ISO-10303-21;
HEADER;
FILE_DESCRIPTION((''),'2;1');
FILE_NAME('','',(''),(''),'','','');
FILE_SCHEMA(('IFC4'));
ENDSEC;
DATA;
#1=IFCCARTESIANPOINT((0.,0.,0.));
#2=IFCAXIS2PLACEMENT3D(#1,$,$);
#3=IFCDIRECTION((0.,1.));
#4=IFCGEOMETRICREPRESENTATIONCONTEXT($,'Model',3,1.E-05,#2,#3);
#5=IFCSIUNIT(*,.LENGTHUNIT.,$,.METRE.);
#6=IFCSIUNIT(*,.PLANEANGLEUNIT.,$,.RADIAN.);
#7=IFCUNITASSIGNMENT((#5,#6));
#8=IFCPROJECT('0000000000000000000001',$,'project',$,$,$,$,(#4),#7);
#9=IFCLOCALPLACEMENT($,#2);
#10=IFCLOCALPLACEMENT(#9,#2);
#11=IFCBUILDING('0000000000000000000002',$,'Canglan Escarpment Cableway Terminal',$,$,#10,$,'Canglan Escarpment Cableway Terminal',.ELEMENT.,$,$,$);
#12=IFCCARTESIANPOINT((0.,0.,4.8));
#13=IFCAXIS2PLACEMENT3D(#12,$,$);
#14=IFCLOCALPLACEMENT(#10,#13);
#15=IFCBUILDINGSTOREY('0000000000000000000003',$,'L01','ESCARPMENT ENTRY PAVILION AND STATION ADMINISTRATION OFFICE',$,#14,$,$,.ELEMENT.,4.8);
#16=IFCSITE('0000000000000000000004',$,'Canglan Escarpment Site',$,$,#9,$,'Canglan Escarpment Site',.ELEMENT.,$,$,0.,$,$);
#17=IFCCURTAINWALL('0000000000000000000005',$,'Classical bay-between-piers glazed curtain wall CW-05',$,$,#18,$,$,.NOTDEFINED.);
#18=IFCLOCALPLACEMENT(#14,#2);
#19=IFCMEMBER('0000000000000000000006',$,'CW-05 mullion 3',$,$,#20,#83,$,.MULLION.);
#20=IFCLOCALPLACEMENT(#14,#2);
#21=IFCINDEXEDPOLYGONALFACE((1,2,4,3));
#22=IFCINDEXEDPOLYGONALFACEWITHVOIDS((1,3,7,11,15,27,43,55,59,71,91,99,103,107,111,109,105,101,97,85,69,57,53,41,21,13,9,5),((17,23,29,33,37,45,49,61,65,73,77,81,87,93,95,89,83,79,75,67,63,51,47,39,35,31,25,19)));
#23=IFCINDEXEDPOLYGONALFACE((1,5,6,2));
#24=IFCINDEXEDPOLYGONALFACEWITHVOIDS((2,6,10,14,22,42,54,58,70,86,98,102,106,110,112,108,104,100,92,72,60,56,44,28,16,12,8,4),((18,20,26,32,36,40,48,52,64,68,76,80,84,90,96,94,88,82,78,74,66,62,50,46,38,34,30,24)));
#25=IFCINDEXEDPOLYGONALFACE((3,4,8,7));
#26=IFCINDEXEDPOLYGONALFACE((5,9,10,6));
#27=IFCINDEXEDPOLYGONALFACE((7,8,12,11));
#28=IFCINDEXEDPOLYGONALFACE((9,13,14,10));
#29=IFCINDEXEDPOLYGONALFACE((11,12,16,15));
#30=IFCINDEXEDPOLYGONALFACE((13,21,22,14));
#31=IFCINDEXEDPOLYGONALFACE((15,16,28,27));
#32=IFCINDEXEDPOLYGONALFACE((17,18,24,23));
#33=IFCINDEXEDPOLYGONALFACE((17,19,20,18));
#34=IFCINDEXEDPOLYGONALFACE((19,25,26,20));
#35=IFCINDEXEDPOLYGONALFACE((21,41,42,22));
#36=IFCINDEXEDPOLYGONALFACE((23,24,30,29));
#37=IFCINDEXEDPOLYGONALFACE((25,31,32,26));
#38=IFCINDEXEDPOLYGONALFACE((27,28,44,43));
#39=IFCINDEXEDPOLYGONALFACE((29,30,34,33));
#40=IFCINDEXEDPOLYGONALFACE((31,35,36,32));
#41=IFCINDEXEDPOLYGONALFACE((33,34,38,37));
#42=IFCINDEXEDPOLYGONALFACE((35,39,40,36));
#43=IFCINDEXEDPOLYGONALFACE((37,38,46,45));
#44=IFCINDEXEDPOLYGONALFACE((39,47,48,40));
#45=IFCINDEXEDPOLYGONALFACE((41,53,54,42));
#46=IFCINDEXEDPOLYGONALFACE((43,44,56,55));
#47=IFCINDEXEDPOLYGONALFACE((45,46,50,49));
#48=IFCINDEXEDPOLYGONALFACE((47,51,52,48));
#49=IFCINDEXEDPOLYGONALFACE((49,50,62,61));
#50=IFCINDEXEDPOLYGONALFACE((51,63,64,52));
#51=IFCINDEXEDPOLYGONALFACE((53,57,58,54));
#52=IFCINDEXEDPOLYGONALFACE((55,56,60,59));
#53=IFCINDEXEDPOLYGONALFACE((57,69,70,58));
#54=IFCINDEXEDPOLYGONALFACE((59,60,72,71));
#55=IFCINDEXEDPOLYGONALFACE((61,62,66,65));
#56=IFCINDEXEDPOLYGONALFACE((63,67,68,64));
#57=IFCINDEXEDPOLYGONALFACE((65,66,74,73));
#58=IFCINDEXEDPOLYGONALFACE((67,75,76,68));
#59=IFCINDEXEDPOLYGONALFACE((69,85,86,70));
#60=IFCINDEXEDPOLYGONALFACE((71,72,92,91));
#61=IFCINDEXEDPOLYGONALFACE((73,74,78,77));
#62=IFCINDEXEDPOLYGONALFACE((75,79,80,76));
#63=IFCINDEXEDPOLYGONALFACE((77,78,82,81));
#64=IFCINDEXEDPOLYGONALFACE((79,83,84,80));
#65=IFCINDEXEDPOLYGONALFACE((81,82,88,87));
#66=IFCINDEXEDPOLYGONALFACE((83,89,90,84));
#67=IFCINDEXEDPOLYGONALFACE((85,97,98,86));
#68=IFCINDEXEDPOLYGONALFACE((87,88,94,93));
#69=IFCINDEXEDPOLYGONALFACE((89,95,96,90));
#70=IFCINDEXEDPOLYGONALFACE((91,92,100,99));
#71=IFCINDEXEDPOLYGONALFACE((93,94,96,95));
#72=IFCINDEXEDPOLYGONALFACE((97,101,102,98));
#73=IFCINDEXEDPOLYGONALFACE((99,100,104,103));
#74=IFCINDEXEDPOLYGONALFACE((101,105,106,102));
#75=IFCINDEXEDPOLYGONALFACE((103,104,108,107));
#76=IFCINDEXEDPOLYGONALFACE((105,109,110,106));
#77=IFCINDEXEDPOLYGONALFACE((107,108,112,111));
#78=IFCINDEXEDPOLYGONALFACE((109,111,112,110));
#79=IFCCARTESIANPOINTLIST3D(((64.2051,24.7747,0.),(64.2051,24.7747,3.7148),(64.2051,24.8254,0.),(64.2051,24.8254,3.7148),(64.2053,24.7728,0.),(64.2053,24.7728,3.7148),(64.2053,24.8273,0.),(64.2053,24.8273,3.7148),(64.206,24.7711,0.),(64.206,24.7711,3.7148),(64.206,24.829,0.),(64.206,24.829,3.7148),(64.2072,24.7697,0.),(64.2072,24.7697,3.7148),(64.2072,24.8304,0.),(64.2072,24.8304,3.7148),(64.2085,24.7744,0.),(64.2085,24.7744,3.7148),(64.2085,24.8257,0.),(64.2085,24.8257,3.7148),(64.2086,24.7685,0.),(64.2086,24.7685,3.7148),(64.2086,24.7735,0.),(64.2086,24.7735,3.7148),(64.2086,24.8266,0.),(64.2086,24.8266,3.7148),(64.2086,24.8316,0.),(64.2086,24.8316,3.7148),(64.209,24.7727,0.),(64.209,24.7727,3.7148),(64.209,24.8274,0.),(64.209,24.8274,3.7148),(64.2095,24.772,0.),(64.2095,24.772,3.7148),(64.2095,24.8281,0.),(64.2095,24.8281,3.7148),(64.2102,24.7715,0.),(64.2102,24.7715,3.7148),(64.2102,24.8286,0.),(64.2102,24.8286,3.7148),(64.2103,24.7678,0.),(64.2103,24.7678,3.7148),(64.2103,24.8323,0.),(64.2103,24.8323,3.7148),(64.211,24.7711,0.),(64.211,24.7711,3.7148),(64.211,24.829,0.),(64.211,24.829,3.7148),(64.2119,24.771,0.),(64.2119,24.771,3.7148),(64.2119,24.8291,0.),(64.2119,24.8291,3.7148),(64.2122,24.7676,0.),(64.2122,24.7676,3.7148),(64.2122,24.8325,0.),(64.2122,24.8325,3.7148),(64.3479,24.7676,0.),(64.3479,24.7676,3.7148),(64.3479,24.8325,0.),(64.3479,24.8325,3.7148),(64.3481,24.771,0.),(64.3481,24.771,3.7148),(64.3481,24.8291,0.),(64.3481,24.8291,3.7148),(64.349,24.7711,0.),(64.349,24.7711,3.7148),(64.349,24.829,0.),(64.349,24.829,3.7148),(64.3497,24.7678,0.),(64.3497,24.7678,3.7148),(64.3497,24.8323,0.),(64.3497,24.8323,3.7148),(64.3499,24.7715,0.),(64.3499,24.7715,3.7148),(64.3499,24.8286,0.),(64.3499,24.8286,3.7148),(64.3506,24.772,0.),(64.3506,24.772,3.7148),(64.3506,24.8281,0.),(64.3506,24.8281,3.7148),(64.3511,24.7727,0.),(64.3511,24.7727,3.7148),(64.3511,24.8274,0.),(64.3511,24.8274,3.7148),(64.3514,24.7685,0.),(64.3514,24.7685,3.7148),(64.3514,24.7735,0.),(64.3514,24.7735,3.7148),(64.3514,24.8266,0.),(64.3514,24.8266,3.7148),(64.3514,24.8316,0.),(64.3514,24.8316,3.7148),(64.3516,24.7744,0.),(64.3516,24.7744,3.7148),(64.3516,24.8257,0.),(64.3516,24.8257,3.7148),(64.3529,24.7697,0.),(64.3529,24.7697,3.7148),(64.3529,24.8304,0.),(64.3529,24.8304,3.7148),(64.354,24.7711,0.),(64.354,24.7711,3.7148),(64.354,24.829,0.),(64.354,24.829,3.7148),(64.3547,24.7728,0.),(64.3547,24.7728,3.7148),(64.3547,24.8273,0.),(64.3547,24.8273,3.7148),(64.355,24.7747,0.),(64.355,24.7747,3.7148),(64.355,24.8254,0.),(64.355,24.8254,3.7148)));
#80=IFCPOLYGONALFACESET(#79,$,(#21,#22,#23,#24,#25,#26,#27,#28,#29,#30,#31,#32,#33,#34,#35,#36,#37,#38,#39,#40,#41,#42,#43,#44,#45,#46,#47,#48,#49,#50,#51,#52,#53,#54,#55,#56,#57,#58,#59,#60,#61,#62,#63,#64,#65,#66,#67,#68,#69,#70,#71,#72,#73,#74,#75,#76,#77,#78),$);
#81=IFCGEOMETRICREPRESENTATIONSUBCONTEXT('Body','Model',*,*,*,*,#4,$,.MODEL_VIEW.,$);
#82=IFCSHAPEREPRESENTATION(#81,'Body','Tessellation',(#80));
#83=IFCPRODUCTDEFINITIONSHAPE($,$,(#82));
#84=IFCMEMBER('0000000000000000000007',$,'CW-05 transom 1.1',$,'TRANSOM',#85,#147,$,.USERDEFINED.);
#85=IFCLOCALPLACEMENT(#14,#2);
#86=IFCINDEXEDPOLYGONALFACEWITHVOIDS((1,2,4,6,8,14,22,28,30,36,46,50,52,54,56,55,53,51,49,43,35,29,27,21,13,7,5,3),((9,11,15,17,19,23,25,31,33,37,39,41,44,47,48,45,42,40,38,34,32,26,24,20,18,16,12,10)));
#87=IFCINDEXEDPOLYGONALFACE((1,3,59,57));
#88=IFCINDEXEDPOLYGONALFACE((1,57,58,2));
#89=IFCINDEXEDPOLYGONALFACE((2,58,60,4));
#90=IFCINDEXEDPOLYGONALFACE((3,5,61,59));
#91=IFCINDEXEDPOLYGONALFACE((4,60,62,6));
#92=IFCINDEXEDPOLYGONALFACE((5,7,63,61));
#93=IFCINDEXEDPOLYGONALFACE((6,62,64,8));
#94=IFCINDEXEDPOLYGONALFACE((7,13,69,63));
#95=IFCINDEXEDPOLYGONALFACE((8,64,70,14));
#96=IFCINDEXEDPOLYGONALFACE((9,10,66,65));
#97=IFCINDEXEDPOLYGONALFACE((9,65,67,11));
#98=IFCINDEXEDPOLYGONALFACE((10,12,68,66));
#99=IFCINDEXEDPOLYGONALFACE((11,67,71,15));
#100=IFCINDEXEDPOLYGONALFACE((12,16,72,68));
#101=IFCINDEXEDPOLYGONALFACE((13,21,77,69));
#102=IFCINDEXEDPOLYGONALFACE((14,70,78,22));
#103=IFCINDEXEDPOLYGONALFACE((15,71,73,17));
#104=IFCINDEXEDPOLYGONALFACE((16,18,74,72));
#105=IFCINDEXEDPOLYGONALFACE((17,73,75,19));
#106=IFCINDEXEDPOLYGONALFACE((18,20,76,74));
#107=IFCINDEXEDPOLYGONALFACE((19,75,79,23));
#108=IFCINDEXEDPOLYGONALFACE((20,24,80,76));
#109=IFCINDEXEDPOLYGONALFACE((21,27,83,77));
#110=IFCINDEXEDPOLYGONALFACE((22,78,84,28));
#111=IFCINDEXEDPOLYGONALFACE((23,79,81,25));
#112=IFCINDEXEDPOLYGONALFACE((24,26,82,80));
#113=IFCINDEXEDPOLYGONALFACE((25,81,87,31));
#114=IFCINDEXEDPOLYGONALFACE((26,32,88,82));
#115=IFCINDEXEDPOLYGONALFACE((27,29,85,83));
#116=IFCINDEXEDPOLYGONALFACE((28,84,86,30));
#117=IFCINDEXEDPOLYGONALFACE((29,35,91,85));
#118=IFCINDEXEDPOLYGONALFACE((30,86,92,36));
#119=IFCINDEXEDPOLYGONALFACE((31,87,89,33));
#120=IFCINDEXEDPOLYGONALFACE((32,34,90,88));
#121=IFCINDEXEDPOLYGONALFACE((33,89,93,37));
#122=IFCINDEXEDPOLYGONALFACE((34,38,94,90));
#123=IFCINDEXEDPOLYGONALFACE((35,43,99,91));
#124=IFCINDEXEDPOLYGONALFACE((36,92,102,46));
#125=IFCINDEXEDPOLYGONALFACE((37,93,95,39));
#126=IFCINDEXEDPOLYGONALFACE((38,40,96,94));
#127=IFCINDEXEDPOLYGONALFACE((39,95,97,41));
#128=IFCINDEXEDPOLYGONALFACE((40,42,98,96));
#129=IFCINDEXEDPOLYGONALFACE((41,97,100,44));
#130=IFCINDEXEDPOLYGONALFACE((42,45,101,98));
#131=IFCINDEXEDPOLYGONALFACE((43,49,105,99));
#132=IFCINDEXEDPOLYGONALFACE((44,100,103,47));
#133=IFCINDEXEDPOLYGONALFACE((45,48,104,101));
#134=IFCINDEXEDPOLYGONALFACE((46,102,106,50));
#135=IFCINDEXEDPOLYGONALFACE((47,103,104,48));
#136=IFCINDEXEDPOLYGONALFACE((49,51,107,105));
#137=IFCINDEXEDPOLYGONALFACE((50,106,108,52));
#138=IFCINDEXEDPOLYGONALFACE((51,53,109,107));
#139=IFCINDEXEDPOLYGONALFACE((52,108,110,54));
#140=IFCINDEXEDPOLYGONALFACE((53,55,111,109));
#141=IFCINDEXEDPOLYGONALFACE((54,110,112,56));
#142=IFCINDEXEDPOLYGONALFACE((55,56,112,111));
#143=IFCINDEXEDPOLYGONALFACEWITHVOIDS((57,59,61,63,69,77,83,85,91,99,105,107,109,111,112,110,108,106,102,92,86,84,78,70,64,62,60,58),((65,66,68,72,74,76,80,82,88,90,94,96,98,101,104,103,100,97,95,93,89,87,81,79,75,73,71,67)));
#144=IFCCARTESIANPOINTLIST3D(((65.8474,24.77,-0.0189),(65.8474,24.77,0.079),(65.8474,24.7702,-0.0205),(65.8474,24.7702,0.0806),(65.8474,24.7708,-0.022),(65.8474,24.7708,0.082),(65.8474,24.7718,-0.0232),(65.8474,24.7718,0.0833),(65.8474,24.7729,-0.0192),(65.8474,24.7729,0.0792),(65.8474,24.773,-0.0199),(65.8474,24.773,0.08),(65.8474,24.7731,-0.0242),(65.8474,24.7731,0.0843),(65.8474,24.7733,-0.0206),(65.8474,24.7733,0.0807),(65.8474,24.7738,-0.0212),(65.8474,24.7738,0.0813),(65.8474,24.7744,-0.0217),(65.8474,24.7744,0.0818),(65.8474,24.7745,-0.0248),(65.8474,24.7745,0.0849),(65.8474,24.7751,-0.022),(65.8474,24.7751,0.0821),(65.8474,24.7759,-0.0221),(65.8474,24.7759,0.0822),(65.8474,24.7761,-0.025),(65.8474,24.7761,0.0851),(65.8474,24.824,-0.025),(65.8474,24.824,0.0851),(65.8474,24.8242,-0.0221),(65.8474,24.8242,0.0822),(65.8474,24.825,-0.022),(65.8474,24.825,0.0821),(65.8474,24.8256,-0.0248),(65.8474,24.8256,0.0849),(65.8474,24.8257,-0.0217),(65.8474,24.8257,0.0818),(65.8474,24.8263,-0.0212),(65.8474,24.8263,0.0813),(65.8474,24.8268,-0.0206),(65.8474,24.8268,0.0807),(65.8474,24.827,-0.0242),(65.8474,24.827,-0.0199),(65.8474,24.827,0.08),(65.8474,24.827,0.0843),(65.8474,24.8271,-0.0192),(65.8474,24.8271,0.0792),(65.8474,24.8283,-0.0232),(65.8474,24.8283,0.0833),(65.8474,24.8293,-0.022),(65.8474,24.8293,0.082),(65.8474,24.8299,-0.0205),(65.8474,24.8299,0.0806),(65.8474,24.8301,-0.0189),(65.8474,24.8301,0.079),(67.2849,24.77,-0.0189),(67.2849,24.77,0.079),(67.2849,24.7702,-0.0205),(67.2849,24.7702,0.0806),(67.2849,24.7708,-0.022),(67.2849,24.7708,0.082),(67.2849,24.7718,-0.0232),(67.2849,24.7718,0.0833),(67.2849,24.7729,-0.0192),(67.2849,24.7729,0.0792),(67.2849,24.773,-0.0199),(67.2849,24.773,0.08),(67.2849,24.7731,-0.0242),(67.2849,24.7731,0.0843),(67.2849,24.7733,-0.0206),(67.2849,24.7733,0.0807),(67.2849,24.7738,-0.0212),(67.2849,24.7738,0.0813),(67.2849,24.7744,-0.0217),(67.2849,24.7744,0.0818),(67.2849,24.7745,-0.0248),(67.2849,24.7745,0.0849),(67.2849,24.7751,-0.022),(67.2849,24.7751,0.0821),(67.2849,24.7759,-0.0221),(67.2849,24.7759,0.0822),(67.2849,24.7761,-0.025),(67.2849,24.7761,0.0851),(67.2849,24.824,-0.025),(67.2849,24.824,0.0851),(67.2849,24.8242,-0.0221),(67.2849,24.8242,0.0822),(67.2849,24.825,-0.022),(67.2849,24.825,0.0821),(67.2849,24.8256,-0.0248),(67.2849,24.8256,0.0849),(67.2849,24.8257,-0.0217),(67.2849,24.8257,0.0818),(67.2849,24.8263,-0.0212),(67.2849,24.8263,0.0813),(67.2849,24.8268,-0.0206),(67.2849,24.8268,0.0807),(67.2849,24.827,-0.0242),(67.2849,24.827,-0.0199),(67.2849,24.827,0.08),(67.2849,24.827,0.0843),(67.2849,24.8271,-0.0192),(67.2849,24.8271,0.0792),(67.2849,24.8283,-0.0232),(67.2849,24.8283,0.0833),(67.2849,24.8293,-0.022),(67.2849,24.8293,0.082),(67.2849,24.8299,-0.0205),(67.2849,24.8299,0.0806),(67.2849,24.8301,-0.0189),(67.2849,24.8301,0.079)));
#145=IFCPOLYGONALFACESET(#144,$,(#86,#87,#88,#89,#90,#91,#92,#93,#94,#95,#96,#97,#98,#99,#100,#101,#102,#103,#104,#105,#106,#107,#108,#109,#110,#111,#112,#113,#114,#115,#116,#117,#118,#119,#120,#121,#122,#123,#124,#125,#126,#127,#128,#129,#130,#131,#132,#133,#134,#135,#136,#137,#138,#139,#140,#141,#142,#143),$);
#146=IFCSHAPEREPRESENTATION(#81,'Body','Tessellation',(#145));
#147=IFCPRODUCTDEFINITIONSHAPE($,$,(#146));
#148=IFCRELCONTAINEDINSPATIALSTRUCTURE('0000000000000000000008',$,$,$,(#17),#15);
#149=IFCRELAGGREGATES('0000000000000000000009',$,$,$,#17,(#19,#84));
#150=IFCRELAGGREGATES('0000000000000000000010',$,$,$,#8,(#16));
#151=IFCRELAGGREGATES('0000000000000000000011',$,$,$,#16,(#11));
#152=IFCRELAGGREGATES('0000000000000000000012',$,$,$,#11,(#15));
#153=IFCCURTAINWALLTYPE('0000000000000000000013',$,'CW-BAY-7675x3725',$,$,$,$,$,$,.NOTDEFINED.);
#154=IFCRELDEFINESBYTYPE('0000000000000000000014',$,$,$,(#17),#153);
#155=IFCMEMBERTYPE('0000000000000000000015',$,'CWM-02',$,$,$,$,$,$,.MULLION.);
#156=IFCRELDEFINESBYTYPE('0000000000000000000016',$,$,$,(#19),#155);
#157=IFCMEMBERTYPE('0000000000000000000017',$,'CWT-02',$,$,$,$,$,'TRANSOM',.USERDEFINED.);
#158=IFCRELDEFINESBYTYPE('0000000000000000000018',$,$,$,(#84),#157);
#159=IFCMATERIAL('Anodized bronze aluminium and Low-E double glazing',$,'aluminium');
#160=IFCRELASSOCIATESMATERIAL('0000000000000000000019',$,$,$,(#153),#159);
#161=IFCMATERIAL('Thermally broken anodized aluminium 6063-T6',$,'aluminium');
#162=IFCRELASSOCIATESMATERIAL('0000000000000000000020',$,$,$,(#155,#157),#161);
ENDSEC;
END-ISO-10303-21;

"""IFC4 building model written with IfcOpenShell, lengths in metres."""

from ifc_helpers import new_model, si_unit, direction, frame, origin, origin_2d, place, context, subcontext, project, spatial, hollow_rectangle, extrude, material, material_profile, profile_set, type_object, element, aggregate, save


model = new_model("IFC4")

# Units and contexts
model_context = context("Model", 3, precision=1e-05, world=origin(), true_north=direction((0.0, 1.0)))
body_context = subcontext(model_context, "Body", "Model", "MODEL_VIEW")
ifc_project = project(units=[si_unit("LENGTHUNIT", "METRE"), si_unit("PLANEANGLEUNIT", "RADIAN")], contexts=[model_context])

# Site, building, storey
site_placement = place(None, origin())
site = spatial("IfcSite", under=ifc_project, at=site_placement, Name="Canglan Escarpment Site", LongName="Canglan Escarpment Site", CompositionType="ELEMENT", RefElevation=0.0)
building_placement = place(site_placement, origin())
building = spatial("IfcBuilding", under=site, at=building_placement, Name="Canglan Escarpment Cableway Terminal", LongName="Canglan Escarpment Cableway Terminal", CompositionType="ELEMENT")
storey_placement = place(building_placement, frame((0.0, 0.0, 4.8)))
storey = spatial("IfcBuildingStorey", under=building, at=storey_placement, Name="L01", Description="ESCARPMENT ENTRY PAVILION AND STATION ADMINISTRATION OFFICE", CompositionType="ELEMENT", Elevation=4.8)

# Curtain wall, members
ifc_material_1 = material(Name="Anodized bronze aluminium and Low-E double glazing", Category="aluminium")
curtain_wall_type = type_object("IfcCurtainWallType", Name="CW-BAY-7675x3725", PredefinedType="NOTDEFINED", material=ifc_material_1)
curtain_wall_placement = place(storey_placement, origin())
curtain_wall = element("IfcCurtainWall", 1, at=curtain_wall_placement, inside=storey, type_object=curtain_wall_type, Name="Classical bay-between-piers glazed curtain wall CW-05", PredefinedType="NOTDEFINED")
ifc_material_2 = material(Name="Thermally broken anodized aluminium 6063-T6", Category="aluminium")
ifc_material_profile_1 = material_profile(ifc_material_2, hollow_rectangle(XDim=0.0649, YDim=0.1499, WallThickness=0.0034, InnerFilletRadius=0.0034, OuterFilletRadius=0.0071, at=origin_2d()), Name="ALU-MULL 65x150x3.5")
ifc_profile_set_1 = profile_set([ifc_material_profile_1], Name="Thermally broken anodized aluminium 6063-T6")
member_type_1 = type_object("IfcMemberType", Name="CWM-02", PredefinedType="MULLION", material=ifc_profile_set_1)
member_1_placement = place(storey_placement, frame((64.28, 24.8, 0.0), z_axis=(0.0, 0.0, 1.0), x_axis=(0.0, -1.0, 0.0)))
member_1 = element("IfcMember", 2, at=member_1_placement, type_object=member_type_1, Name="CW-05 mullion 3", PredefinedType="MULLION", context=body_context, shape_type="SweptSolid", body=[
    extrude(hollow_rectangle(XDim=0.0649, YDim=0.1499, WallThickness=0.0034, InnerFilletRadius=0.0034, OuterFilletRadius=0.0071, at=origin_2d()), origin(), (0.0, 0.0, 1.0), 3.7148),
])
ifc_material_profile_2 = material_profile(ifc_material_2, hollow_rectangle(XDim=0.0601, YDim=0.1101, WallThickness=0.0029, InnerFilletRadius=0.0029, OuterFilletRadius=0.0061, at=origin_2d()), Name="ALU-TRAN 60x110x3")
ifc_profile_set_2 = profile_set([ifc_material_profile_2], Name="Thermally broken anodized aluminium 6063-T6")
member_type_2 = type_object("IfcMemberType", Name="CWT-02", ElementType="TRANSOM", PredefinedType="USERDEFINED", material=ifc_profile_set_2)
member_2_placement = place(storey_placement, frame((67.2849, 24.8, 0.03), z_axis=(-1.0, 0.0, 0.0), x_axis=(0.0, -1.0, 0.0)))
member_2 = element("IfcMember", 3, at=member_2_placement, type_object=member_type_2, Name="CW-05 transom 1.1", ObjectType="TRANSOM", PredefinedType="USERDEFINED", context=body_context, shape_type="SweptSolid", body=[
    extrude(hollow_rectangle(XDim=0.0601, YDim=0.1101, WallThickness=0.0029, InnerFilletRadius=0.0029, OuterFilletRadius=0.0061, at=origin_2d()), origin(), (0.0, 0.0, 1.0), 1.4375),
])
aggregate(curtain_wall, [member_1, member_2])

save(model, "model.ifc")
